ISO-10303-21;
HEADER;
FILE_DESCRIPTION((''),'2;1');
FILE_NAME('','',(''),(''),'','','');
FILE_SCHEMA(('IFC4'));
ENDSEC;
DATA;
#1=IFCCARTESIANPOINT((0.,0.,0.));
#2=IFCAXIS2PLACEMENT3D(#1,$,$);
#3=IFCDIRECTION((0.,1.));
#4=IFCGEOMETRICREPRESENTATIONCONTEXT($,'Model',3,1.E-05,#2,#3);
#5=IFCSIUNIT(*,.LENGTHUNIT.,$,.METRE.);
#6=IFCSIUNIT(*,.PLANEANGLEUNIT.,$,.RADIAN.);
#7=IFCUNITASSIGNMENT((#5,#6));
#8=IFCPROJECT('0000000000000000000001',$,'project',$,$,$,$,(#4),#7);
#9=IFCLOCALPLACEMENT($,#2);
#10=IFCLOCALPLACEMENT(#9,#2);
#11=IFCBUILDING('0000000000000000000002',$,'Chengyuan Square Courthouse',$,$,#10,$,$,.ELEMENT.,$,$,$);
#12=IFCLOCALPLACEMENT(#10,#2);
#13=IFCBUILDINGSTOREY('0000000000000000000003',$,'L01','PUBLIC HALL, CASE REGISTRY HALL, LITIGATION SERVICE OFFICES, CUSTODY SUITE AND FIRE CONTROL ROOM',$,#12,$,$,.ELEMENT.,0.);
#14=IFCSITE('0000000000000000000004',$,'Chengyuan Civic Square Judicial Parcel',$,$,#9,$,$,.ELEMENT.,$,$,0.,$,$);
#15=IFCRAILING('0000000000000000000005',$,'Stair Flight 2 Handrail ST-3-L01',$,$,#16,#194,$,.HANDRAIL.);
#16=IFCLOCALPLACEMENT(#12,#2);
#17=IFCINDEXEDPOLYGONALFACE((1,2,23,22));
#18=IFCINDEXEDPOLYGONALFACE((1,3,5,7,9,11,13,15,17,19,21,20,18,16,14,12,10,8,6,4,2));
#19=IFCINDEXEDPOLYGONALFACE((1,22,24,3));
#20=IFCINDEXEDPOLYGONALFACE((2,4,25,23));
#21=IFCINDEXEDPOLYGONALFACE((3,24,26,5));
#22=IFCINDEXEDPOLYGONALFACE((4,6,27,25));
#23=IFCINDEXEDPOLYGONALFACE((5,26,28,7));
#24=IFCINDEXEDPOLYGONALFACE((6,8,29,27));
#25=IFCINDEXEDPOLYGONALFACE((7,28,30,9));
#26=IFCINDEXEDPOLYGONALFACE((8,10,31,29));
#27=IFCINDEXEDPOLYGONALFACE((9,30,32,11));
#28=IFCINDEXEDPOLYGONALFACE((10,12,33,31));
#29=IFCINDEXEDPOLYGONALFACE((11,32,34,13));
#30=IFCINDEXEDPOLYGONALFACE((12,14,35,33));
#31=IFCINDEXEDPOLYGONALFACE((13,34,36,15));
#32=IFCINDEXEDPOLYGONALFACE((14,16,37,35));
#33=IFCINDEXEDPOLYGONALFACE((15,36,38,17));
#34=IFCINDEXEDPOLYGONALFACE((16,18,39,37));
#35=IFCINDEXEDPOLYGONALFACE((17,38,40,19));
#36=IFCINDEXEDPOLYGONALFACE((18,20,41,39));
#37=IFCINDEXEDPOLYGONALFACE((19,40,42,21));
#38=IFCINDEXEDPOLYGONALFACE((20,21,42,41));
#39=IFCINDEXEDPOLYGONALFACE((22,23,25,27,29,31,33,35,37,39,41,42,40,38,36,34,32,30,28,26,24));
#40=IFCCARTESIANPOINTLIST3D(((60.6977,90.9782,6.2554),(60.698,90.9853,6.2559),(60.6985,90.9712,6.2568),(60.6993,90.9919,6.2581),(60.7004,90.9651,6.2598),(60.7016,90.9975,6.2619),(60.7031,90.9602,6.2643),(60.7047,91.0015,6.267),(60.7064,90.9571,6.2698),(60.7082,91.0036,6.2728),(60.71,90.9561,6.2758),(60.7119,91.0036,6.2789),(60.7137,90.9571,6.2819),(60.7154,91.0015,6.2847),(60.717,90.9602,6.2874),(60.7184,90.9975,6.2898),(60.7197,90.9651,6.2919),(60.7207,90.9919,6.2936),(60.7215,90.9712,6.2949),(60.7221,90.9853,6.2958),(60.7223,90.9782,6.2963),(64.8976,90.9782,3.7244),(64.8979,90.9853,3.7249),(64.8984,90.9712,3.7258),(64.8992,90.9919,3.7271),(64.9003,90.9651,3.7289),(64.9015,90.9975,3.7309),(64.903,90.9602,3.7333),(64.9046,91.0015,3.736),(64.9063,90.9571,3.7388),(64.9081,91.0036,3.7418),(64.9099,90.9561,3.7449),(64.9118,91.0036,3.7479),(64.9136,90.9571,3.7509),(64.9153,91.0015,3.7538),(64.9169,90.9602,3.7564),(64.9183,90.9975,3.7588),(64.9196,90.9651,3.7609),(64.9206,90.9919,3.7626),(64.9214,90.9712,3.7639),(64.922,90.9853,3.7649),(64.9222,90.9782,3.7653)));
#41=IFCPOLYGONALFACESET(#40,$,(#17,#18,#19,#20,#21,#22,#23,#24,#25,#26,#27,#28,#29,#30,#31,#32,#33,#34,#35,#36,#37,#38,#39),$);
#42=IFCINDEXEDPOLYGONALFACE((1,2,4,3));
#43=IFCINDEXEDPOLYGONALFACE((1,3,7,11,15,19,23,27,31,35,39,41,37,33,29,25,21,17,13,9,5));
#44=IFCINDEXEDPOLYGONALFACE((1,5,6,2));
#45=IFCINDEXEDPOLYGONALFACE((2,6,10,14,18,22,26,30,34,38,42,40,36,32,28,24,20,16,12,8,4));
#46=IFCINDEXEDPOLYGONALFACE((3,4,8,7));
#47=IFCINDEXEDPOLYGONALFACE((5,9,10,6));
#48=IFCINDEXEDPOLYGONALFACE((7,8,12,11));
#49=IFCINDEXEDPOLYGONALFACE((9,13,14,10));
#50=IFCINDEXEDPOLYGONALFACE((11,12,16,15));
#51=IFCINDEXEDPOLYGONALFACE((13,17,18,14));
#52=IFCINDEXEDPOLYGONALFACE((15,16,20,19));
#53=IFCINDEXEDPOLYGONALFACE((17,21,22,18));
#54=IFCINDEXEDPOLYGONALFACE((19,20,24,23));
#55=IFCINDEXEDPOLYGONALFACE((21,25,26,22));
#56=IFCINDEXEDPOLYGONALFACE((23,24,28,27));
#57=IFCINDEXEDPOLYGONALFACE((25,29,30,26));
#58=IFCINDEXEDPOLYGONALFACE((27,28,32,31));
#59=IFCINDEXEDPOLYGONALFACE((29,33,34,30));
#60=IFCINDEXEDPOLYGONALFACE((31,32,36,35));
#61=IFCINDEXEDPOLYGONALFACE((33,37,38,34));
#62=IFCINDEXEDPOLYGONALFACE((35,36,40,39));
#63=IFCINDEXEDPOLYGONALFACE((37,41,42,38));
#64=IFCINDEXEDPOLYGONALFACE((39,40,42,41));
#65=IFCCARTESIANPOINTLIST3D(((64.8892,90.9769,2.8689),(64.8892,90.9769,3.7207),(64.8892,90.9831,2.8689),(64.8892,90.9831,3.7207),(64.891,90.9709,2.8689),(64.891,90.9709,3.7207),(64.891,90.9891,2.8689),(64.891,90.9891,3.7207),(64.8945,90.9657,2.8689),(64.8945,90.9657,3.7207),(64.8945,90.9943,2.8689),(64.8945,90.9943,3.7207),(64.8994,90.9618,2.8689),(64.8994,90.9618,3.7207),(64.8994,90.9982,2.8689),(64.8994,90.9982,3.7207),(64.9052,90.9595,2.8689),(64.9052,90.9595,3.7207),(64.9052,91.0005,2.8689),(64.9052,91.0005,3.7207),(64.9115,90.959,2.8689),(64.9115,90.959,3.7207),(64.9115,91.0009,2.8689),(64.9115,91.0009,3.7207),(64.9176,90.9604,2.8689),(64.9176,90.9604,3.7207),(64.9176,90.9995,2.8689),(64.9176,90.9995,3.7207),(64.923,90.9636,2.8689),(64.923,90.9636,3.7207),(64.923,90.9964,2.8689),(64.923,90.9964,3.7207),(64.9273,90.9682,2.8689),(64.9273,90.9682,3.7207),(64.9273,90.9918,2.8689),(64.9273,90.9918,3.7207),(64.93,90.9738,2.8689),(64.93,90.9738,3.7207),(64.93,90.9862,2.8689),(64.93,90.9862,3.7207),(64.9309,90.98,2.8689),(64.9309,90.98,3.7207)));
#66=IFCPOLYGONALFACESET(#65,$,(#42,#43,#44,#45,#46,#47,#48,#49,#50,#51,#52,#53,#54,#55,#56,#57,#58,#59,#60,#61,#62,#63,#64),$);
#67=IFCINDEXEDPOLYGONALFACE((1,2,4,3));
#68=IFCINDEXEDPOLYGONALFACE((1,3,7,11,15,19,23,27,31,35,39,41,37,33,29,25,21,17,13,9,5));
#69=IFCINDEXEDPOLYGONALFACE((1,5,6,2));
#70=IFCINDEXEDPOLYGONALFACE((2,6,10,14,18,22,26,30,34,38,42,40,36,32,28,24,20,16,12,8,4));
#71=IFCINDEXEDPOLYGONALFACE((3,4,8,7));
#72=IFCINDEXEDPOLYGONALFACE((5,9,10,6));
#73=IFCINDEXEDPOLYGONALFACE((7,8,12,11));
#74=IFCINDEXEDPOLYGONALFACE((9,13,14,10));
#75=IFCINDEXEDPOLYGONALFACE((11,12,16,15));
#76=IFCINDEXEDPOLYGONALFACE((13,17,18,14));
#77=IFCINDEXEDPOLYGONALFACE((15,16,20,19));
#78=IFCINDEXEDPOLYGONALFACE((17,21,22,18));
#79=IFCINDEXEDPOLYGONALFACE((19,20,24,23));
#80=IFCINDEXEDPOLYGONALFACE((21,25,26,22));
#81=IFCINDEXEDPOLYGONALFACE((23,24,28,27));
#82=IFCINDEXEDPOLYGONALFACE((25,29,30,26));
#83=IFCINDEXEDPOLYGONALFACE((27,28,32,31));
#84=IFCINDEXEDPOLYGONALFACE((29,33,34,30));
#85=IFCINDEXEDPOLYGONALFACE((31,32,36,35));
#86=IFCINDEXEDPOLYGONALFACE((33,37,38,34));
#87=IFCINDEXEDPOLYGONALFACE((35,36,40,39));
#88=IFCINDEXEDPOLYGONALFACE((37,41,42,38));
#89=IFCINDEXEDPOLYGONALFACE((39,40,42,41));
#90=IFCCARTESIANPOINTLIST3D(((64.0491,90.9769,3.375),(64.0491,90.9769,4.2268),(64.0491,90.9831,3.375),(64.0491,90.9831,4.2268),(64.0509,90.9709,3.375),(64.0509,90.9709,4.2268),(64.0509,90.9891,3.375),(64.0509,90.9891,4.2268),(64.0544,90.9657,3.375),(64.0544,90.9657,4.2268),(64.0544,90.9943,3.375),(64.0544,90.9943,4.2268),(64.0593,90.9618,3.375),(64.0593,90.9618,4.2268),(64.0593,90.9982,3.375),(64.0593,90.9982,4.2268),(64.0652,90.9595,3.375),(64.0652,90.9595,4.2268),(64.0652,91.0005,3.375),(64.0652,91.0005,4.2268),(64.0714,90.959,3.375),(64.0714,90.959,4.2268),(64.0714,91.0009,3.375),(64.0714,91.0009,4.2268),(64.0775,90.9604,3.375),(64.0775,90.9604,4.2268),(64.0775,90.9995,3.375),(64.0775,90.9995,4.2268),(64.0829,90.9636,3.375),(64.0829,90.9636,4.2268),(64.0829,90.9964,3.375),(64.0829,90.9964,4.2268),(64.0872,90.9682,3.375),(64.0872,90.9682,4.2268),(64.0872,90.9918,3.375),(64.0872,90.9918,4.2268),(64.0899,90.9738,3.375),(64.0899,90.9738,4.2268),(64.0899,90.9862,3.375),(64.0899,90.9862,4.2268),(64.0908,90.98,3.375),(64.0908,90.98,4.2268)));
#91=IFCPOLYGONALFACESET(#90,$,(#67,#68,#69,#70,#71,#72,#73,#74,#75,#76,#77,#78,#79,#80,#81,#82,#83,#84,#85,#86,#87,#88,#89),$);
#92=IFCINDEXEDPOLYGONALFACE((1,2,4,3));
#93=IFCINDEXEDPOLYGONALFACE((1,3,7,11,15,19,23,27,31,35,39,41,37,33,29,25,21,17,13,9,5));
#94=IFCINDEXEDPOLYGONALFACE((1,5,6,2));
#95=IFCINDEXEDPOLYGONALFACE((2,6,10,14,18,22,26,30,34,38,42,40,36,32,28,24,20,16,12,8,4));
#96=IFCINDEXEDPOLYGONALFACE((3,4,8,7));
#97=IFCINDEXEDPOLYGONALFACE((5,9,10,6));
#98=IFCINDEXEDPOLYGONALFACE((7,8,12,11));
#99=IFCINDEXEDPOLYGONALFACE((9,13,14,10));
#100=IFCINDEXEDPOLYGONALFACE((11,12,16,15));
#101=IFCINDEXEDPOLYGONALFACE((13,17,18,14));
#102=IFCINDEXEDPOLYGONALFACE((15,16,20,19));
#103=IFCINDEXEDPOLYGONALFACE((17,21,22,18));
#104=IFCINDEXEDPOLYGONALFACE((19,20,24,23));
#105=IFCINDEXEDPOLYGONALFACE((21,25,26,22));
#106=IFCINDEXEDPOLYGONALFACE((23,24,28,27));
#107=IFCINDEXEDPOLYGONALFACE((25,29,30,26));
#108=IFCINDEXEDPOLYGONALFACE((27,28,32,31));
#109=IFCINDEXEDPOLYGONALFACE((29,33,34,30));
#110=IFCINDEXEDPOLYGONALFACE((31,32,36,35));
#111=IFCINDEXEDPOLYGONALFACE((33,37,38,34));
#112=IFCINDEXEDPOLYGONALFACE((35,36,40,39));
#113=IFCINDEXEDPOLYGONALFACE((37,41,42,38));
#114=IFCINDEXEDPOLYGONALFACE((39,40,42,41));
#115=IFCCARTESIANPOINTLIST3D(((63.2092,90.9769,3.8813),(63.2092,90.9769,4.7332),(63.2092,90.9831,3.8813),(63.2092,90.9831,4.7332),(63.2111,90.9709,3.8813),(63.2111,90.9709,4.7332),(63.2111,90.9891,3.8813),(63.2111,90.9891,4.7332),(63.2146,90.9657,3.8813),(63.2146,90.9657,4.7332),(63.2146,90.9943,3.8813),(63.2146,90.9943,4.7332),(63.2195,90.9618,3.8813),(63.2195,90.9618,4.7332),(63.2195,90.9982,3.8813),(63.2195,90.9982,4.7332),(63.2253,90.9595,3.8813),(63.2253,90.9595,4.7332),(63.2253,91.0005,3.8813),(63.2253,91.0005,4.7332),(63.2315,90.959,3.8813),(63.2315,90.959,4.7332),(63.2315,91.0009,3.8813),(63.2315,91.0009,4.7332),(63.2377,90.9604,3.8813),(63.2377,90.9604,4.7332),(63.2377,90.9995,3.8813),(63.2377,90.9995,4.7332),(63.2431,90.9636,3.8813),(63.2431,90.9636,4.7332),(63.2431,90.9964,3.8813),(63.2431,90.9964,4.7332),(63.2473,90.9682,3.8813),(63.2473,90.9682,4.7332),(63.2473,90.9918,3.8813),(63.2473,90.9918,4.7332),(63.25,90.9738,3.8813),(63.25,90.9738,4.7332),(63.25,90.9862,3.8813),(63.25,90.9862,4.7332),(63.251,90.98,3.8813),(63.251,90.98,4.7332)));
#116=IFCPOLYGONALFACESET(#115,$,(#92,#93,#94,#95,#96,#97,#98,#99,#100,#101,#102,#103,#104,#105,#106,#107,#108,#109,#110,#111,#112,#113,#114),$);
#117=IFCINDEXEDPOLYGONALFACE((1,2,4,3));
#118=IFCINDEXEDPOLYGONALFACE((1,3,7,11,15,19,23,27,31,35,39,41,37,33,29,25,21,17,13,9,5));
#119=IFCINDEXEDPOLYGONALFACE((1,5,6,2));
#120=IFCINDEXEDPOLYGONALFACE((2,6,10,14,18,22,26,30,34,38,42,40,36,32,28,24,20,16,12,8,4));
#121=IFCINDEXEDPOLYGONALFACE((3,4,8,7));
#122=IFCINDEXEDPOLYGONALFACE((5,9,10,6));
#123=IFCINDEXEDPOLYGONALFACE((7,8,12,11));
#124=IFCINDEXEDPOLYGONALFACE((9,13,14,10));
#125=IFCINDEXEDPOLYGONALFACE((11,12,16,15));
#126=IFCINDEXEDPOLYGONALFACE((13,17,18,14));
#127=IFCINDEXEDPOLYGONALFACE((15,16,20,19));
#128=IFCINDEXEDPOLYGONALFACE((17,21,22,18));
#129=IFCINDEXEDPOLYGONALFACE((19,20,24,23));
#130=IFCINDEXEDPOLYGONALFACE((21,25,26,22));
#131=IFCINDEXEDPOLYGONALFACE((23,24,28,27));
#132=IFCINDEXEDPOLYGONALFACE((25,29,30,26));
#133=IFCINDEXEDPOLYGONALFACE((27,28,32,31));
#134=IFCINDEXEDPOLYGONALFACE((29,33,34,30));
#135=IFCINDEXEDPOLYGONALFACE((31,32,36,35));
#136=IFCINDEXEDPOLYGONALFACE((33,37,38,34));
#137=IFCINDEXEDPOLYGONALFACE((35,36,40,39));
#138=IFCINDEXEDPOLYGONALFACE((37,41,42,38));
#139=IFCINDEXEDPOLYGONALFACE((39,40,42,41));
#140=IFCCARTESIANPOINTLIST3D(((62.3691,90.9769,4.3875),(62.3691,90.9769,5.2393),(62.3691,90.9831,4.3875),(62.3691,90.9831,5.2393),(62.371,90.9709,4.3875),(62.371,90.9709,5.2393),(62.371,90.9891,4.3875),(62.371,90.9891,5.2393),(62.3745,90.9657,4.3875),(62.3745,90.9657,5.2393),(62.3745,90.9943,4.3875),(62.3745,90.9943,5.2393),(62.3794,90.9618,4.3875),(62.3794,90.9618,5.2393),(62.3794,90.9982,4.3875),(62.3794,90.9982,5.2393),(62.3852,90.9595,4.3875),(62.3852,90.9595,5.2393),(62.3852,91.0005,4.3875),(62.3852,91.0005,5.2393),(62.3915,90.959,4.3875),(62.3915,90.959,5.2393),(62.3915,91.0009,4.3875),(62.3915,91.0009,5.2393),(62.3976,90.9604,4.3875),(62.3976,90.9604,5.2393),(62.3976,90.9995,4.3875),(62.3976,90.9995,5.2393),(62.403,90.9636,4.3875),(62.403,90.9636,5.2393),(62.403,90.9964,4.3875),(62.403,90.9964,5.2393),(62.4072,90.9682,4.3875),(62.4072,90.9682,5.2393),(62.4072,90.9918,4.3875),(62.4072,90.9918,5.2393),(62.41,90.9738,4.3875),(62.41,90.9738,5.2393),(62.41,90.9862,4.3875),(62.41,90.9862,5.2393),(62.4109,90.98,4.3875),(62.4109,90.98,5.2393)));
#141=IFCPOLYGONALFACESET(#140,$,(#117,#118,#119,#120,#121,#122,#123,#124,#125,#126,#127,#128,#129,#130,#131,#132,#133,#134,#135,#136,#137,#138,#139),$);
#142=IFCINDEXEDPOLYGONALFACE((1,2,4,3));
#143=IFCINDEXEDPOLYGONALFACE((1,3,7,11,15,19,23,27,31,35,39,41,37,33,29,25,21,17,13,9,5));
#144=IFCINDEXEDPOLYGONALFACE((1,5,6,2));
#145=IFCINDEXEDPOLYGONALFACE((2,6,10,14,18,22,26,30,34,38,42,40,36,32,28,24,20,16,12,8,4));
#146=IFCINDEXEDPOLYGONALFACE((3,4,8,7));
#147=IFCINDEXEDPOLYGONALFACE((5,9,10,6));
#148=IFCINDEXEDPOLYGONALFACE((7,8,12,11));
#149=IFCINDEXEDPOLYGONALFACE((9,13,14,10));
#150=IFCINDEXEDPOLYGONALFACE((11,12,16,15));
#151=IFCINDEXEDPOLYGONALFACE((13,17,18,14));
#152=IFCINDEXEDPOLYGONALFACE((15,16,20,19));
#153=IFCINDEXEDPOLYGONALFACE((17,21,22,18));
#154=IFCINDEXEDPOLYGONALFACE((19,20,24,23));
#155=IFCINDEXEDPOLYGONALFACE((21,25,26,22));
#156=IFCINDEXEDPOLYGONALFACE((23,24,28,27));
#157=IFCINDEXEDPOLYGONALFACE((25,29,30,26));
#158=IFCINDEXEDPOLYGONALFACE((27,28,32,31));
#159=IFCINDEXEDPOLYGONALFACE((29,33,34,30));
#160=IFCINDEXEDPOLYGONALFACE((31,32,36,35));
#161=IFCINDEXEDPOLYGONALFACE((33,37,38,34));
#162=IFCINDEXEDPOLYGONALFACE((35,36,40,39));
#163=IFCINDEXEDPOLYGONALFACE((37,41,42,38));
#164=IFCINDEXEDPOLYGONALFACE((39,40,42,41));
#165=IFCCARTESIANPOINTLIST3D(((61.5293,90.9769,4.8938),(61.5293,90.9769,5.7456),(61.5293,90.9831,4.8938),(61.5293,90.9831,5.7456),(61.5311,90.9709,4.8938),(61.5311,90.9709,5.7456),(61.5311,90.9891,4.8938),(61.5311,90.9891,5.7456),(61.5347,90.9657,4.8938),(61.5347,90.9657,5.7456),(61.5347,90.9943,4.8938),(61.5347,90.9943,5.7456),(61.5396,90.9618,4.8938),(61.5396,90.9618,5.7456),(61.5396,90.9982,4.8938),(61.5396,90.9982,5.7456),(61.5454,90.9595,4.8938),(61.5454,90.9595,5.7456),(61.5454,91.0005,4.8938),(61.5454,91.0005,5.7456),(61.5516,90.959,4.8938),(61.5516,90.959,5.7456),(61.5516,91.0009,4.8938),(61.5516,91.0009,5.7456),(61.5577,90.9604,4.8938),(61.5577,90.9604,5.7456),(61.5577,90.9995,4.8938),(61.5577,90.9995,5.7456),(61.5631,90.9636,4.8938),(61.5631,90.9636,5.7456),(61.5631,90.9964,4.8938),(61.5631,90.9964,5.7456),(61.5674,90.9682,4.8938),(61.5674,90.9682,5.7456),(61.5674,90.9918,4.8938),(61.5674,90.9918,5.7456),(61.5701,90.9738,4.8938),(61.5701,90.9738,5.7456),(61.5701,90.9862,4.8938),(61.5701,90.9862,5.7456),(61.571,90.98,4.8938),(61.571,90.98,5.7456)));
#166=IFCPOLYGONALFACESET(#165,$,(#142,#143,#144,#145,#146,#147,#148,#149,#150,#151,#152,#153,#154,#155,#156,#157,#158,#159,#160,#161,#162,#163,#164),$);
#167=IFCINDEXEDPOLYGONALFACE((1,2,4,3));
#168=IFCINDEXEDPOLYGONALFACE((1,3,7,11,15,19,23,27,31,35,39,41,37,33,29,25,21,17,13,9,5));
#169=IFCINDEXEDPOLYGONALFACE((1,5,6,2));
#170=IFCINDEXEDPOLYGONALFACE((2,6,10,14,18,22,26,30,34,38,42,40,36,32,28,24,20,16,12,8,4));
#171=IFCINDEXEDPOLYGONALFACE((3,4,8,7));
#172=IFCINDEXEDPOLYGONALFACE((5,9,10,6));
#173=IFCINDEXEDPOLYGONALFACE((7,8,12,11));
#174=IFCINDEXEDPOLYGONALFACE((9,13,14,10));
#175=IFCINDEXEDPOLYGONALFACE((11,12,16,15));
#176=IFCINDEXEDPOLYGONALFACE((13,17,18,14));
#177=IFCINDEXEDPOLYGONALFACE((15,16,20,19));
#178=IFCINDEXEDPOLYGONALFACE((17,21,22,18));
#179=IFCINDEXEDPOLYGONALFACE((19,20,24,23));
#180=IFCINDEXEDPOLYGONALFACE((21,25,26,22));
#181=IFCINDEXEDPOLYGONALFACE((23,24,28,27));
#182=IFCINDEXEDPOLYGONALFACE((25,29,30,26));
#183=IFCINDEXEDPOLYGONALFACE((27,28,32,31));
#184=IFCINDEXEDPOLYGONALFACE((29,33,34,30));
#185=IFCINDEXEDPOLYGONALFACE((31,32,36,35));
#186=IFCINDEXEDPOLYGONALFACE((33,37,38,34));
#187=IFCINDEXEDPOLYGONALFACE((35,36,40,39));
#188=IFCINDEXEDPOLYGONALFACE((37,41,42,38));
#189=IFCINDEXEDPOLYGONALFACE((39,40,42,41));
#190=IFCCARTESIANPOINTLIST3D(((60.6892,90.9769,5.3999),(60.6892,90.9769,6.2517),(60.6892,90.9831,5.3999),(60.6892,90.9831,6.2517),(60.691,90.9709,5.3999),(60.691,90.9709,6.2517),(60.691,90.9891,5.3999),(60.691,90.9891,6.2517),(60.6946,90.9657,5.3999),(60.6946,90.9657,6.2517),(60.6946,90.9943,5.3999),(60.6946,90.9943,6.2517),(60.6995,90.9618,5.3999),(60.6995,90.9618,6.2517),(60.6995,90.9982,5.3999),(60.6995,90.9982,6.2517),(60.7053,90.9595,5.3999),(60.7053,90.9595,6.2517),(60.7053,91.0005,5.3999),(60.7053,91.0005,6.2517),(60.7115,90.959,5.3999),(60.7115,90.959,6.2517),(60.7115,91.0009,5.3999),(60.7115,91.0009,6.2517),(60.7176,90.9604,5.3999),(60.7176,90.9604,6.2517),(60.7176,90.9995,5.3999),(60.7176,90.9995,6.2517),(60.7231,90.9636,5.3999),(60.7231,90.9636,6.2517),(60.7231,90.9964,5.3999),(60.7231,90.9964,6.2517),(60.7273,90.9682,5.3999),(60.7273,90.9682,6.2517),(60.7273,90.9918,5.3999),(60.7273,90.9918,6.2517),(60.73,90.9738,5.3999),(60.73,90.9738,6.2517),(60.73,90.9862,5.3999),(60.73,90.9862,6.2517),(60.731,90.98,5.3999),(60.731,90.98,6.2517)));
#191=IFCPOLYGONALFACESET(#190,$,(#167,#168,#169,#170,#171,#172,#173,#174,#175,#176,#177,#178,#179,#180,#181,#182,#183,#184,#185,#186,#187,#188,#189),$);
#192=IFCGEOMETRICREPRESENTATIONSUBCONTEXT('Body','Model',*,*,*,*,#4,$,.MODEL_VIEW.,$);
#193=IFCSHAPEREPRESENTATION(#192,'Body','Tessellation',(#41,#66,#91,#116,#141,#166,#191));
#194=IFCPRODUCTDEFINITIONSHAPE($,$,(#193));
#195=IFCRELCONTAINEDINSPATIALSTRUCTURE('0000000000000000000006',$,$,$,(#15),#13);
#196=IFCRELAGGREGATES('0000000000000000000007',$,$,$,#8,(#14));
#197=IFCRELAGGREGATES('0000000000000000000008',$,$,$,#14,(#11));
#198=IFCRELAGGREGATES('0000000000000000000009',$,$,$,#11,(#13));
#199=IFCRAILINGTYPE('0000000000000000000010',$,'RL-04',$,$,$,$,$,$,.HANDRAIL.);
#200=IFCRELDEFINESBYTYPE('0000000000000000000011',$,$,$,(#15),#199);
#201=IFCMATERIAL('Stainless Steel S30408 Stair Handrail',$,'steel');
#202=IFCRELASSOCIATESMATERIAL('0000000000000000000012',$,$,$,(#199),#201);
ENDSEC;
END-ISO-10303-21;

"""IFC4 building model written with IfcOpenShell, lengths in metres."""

from ifc_helpers import new_model, si_unit, direction, frame, origin, origin_2d, place, context, subcontext, project, spatial, circle, extrude, material, type_object, element, save


model = new_model("IFC4")

# Units and contexts
model_context = context("Model", 3, precision=1e-05, world=origin(), true_north=direction((0.0, 1.0)))
body_context = subcontext(model_context, "Body", "Model", "MODEL_VIEW")
ifc_project = project(units=[si_unit("LENGTHUNIT", "METRE"), si_unit("PLANEANGLEUNIT", "RADIAN")], contexts=[model_context])

# Site, building, storey
site_placement = place(None, origin())
site = spatial("IfcSite", under=ifc_project, at=site_placement, Name="Chengyuan Civic Square Judicial Parcel", CompositionType="ELEMENT", RefElevation=0.0)
building_placement = place(site_placement, origin())
building = spatial("IfcBuilding", under=site, at=building_placement, Name="Chengyuan Square Courthouse", CompositionType="ELEMENT")
storey_placement = place(building_placement, origin())
storey = spatial("IfcBuildingStorey", under=building, at=storey_placement, Name="L01", Description="PUBLIC HALL, CASE REGISTRY HALL, LITIGATION SERVICE OFFICES, CUSTODY SUITE AND FIRE CONTROL ROOM", CompositionType="ELEMENT", Elevation=0.0)

# Railing
ifc_material_1 = material(Name="Stainless Steel S30408 Stair Handrail", Category="steel")
railing_type_1 = type_object("IfcRailingType", Name="RL-04", PredefinedType="HANDRAIL", material=ifc_material_1)
railing_1_placement = place(storey_placement, frame((64.9099, 90.98, 2.8689)))
element("IfcRailing", 1, at=railing_1_placement, inside=storey, type_object=railing_type_1, Name="Stair Flight 2 Handrail ST-3-L01", PredefinedType="HANDRAIL", context=body_context, shape_type="SweptSolid", body=[
    extrude(circle(Radius=0.0239, at=origin_2d()), frame((0.0, 0.0, 0.876), z_axis=(-0.856499, 0.0, 0.51615), x_axis=(0.0, -1.0, 0.0)), (0.0, 0.0, 1.0), 4.9036),
    extrude(circle(Radius=0.021, at=origin_2d()), origin(), (0.0, 0.0, 1.0), 0.8518),
    extrude(circle(Radius=0.021, at=origin_2d()), frame((-0.8401, 0.0, 0.5061)), (0.0, 0.0, 1.0), 0.8518),
    extrude(circle(Radius=0.021, at=origin_2d()), frame((-1.6799, 0.0, 1.0125)), (0.0, 0.0, 1.0), 0.8518),
    extrude(circle(Radius=0.021, at=origin_2d()), frame((-2.52, 0.0, 1.5186)), (0.0, 0.0, 1.0), 0.8518),
    extrude(circle(Radius=0.021, at=origin_2d()), frame((-3.3599, 0.0, 2.0249)), (0.0, 0.0, 1.0), 0.8518),
    extrude(circle(Radius=0.021, at=origin_2d()), frame((-4.2, 0.0, 2.531)), (0.0, 0.0, 1.0), 0.8518),
])

save(model, "model.ifc")
